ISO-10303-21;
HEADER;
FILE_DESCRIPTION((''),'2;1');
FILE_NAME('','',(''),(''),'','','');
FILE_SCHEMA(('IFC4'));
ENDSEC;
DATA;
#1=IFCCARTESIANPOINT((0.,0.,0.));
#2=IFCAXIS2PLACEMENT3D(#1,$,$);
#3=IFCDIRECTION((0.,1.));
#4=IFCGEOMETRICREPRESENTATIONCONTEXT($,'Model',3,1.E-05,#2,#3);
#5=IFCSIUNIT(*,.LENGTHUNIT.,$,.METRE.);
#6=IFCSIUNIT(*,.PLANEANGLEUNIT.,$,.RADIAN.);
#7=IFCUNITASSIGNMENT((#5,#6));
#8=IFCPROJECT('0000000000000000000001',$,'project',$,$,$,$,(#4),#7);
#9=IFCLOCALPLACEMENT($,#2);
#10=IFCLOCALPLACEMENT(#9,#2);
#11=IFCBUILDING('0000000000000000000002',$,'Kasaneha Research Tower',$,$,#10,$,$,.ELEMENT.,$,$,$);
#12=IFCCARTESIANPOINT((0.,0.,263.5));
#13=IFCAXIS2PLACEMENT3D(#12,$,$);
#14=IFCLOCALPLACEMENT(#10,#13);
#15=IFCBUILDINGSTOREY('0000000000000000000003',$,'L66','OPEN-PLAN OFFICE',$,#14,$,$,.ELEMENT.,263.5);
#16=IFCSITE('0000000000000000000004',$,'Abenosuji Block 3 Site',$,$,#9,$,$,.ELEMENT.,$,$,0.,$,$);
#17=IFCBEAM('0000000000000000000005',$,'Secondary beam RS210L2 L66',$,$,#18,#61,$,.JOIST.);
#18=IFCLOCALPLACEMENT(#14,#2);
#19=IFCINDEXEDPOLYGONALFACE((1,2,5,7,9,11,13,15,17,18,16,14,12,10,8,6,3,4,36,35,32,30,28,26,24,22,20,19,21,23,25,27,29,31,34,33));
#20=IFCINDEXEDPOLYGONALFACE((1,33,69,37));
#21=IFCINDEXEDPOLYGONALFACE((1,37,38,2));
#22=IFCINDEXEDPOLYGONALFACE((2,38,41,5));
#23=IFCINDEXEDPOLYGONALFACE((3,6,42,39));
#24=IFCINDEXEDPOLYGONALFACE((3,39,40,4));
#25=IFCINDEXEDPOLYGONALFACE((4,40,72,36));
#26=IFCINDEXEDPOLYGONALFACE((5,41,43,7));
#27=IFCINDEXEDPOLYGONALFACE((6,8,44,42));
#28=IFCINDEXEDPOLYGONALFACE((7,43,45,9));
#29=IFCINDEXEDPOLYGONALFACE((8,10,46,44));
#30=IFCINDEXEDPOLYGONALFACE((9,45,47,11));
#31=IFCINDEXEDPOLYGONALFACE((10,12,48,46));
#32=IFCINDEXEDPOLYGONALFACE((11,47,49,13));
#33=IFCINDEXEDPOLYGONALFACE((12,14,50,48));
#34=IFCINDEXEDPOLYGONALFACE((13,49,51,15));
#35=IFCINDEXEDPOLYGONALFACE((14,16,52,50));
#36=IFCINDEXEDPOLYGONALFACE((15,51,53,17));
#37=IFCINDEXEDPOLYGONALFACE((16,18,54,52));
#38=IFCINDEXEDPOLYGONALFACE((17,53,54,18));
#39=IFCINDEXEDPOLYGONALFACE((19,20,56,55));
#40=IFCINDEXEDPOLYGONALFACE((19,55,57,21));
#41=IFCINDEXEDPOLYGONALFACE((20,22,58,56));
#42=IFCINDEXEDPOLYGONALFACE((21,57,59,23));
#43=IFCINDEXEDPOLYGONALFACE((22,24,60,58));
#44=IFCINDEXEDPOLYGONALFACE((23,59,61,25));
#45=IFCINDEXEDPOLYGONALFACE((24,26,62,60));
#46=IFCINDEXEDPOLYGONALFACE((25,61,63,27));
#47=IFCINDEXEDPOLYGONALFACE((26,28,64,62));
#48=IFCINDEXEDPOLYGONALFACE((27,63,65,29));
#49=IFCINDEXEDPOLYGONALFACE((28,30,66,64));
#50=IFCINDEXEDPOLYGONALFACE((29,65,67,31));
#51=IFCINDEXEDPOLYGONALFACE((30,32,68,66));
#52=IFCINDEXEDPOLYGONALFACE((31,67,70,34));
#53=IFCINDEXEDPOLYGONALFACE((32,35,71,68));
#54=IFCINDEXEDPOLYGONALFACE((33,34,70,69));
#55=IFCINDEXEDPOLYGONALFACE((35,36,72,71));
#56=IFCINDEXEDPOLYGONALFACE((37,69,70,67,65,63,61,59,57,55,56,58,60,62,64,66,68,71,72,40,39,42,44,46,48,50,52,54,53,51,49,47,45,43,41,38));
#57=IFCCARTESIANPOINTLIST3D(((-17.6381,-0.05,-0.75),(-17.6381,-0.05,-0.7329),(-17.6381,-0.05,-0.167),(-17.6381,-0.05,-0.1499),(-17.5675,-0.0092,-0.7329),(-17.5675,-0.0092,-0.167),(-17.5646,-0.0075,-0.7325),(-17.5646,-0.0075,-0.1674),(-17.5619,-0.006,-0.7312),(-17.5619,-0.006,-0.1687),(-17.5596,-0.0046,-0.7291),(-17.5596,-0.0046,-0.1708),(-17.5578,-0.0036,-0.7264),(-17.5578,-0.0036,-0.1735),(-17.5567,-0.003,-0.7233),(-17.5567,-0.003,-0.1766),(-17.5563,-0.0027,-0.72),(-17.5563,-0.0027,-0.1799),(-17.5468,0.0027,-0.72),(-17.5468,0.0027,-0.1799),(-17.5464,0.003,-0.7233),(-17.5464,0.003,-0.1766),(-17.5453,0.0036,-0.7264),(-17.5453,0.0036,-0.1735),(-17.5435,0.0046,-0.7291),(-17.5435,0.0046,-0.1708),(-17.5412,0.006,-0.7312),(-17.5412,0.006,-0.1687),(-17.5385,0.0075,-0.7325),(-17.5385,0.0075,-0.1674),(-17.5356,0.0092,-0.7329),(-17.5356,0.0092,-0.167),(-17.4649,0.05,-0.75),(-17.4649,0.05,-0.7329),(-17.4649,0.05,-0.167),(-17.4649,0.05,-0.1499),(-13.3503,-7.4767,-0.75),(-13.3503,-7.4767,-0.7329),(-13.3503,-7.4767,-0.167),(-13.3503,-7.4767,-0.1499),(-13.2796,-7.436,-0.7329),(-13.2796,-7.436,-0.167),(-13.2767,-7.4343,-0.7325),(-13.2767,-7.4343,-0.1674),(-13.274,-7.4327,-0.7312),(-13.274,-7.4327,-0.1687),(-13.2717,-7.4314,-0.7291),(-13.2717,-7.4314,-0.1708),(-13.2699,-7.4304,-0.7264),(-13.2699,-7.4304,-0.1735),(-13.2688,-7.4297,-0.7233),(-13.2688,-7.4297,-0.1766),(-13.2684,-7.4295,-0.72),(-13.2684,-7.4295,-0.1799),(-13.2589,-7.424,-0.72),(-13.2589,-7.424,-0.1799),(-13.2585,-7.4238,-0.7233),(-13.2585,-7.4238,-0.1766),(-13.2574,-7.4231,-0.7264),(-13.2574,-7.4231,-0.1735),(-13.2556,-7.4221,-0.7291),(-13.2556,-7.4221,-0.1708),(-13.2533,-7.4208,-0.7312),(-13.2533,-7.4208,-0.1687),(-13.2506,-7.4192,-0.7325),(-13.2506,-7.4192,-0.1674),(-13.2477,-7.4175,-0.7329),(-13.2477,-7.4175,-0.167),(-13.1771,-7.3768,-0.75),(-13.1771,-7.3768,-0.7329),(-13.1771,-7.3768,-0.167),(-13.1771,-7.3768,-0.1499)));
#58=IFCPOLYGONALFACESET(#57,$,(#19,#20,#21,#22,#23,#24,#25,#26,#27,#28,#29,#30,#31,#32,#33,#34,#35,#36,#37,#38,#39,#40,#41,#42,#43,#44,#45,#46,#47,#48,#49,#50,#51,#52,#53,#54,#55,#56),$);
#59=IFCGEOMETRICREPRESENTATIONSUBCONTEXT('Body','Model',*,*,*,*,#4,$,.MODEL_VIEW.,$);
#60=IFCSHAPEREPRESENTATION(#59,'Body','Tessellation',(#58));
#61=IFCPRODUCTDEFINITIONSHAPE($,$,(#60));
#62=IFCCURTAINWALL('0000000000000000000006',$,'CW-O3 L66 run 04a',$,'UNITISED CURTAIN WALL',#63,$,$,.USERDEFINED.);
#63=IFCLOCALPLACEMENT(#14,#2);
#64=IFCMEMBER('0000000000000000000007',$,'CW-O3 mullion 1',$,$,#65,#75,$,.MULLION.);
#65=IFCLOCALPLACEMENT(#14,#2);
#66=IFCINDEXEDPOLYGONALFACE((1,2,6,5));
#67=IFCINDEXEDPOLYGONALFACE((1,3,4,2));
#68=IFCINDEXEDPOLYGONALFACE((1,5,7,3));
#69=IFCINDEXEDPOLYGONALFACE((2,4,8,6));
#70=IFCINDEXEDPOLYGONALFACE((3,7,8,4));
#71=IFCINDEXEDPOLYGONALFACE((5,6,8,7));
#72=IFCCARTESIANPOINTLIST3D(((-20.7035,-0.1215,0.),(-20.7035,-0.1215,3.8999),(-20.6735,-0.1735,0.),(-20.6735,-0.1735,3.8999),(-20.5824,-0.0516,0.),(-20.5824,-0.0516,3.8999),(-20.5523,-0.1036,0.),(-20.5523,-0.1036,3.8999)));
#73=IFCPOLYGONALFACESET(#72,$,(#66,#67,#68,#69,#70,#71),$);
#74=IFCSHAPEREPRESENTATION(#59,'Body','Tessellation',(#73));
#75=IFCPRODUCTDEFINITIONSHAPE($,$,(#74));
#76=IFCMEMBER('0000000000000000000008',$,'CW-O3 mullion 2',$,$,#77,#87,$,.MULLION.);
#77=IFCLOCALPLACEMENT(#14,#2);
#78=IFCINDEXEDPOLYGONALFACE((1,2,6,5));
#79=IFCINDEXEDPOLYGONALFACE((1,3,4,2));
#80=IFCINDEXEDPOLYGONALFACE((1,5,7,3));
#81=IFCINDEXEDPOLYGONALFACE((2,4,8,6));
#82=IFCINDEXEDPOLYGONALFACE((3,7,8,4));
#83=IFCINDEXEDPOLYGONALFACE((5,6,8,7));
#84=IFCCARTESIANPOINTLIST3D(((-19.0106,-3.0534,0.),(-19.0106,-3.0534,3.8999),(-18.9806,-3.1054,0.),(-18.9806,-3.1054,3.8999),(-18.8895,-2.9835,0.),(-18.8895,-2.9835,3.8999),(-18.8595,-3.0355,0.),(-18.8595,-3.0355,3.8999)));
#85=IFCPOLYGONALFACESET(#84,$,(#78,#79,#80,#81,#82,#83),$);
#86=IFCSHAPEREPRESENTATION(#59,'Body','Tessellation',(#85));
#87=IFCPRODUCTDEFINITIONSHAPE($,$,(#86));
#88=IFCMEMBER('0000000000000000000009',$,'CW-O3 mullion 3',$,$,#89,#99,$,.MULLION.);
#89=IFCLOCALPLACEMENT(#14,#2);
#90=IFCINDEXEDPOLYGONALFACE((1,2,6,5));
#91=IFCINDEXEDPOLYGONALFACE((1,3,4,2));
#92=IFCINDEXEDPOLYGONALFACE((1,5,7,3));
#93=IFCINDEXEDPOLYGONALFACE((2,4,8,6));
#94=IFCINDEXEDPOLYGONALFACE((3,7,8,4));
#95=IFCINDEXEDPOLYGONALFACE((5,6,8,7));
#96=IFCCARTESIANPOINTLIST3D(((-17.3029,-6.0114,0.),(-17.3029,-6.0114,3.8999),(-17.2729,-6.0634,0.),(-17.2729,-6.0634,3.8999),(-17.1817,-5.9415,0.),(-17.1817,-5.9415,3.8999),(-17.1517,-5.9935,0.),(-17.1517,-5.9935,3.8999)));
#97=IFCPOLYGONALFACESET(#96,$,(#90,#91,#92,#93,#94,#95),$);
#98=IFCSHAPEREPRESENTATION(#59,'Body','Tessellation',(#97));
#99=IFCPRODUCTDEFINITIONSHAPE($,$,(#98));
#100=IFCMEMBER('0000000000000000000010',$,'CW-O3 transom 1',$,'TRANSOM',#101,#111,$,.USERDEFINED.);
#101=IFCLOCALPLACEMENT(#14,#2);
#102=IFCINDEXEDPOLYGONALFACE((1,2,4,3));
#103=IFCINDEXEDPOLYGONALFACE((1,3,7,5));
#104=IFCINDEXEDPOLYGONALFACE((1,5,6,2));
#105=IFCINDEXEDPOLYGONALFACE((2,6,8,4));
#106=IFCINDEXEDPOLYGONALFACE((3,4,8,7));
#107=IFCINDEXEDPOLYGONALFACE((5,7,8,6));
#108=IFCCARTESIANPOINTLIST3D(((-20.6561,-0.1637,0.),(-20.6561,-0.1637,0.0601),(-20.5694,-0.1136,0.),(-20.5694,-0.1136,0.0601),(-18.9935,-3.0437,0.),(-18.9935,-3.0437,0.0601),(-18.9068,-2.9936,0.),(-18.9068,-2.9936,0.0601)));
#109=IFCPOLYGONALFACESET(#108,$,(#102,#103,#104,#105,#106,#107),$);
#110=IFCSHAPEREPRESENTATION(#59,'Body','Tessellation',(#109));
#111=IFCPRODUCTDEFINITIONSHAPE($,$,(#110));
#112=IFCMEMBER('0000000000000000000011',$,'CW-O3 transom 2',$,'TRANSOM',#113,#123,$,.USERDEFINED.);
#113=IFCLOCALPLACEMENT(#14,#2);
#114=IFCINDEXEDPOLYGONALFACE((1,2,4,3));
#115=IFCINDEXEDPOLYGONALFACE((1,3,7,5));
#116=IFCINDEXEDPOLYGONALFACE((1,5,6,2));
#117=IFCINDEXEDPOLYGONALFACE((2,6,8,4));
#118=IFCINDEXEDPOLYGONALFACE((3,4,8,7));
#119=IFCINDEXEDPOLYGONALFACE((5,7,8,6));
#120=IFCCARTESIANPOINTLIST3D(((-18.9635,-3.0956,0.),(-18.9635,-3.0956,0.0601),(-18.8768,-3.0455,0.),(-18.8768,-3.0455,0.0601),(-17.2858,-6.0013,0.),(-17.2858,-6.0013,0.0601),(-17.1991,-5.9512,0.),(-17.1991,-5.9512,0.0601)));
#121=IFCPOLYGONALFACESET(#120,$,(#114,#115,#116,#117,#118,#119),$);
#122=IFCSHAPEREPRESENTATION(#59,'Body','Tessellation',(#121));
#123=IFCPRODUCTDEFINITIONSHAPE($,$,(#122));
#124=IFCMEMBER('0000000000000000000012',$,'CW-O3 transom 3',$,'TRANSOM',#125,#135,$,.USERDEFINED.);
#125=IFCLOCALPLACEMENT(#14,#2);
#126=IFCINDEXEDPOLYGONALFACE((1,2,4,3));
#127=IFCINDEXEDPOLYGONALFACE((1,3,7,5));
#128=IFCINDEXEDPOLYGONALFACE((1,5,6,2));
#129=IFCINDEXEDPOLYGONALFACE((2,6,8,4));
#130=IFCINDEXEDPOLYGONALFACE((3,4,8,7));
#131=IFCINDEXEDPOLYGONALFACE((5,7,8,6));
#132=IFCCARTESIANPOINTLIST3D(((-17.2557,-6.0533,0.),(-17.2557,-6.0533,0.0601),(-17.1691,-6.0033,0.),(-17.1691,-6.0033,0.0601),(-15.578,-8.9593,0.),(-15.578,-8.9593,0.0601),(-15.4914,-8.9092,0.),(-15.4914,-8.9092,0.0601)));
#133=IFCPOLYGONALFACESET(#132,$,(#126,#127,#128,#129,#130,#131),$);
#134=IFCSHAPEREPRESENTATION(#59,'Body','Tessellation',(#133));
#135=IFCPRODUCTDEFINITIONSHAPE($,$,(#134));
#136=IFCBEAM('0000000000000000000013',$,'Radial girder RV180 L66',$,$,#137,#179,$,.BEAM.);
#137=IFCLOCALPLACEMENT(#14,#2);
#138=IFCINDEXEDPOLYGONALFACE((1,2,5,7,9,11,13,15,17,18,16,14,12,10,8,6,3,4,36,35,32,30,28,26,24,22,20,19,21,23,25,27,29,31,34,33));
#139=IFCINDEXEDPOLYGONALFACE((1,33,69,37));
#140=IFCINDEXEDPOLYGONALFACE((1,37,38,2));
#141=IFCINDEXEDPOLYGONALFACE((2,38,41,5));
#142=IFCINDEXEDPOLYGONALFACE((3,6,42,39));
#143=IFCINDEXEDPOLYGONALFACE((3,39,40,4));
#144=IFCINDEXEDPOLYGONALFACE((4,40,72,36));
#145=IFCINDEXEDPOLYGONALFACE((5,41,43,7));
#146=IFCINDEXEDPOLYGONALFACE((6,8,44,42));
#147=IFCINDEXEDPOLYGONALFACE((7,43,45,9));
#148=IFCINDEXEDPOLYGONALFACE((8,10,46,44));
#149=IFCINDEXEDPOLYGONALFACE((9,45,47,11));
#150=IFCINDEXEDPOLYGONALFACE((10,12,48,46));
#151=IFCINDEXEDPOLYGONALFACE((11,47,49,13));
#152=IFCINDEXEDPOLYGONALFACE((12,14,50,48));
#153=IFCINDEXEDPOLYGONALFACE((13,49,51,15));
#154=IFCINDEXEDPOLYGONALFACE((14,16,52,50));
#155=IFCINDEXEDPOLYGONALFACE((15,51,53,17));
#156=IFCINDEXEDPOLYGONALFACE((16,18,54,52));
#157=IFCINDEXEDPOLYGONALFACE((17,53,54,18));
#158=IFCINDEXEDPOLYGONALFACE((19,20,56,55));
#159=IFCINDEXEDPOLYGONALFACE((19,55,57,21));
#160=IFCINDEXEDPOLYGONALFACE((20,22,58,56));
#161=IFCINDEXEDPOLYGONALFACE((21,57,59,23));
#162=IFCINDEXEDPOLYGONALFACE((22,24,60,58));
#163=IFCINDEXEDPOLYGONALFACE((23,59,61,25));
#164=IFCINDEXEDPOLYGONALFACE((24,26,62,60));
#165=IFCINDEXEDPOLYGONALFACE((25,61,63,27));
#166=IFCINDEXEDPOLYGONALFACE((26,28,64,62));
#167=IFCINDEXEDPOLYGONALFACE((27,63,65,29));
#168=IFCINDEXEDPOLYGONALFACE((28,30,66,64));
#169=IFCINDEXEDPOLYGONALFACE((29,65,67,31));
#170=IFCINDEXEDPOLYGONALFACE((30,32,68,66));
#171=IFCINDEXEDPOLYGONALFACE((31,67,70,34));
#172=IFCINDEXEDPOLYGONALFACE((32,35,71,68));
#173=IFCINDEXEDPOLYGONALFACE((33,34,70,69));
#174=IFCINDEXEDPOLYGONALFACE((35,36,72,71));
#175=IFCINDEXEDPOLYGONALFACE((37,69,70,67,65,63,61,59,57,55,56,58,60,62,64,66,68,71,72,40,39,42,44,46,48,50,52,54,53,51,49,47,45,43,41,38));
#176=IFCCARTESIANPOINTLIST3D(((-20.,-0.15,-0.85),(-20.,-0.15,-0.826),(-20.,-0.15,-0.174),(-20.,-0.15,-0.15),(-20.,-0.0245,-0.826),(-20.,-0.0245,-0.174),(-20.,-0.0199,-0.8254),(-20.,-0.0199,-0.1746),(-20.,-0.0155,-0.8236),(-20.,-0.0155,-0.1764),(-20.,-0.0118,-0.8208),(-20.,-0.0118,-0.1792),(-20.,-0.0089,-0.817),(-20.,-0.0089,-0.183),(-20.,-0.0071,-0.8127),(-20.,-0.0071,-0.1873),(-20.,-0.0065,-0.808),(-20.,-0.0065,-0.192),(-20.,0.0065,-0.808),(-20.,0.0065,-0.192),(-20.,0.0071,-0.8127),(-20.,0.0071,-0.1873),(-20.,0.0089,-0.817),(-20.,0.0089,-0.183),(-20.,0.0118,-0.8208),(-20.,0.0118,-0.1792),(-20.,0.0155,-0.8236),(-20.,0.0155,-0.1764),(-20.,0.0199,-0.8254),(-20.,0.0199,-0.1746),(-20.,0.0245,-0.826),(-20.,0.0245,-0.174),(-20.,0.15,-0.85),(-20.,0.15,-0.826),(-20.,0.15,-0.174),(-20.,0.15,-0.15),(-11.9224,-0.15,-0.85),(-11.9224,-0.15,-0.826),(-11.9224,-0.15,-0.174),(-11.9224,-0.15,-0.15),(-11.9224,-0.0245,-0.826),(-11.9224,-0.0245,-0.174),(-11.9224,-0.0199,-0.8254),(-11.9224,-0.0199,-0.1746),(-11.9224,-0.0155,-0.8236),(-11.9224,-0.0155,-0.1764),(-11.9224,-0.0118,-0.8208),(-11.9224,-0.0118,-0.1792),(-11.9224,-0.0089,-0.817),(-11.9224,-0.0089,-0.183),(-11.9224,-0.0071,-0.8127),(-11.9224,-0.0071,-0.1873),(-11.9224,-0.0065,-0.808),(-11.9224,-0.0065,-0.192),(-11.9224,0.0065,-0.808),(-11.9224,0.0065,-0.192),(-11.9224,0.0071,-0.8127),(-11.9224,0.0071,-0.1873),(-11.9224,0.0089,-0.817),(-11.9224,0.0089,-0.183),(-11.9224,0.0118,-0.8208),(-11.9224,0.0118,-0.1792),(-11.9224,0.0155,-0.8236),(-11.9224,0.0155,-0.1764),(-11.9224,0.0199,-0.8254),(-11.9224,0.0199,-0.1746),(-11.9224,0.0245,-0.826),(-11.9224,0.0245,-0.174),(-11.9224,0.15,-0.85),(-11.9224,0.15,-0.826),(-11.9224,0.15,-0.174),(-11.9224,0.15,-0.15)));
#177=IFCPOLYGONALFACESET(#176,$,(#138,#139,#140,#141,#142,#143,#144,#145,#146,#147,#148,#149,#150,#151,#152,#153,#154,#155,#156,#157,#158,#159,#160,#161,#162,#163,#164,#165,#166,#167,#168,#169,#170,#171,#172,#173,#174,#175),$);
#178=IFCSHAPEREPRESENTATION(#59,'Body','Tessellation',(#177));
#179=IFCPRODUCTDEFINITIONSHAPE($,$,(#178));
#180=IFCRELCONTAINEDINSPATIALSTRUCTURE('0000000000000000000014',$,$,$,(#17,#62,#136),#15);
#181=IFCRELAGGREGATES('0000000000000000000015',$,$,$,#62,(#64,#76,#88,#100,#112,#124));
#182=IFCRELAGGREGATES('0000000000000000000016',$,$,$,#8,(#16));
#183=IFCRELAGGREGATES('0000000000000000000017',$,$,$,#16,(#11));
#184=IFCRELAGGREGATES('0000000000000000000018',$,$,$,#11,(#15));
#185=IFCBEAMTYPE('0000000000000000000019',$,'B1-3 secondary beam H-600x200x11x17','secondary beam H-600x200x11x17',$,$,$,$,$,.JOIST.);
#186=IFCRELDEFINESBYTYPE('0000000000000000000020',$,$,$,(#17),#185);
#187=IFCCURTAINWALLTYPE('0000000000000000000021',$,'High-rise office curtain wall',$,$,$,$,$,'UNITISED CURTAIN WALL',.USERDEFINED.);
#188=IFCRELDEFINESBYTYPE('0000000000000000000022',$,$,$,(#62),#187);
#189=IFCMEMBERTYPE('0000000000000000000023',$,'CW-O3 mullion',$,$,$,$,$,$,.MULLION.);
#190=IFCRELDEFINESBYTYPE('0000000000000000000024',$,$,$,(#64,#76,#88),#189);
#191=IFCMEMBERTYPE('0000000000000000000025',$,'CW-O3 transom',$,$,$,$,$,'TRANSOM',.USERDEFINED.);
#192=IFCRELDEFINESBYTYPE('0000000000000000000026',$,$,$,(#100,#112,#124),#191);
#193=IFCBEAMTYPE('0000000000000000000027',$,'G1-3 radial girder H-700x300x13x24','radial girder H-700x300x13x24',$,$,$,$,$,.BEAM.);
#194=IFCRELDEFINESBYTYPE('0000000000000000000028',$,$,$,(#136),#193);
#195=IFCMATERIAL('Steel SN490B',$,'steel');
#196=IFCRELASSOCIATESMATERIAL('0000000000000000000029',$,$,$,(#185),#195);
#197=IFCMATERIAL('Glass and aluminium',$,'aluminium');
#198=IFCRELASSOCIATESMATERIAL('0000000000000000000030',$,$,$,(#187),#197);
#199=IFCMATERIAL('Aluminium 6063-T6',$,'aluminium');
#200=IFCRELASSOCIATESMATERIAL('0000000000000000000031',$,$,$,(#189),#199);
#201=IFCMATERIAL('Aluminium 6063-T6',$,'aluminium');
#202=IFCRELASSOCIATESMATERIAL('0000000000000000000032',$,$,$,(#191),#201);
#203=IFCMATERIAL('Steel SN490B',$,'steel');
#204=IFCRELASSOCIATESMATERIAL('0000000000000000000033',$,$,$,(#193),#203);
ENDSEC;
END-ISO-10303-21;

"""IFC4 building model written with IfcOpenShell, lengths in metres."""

from ifc_helpers import new_model, si_unit, direction, frame, origin, origin_2d, place, context, subcontext, project, spatial, rectangle, i_section, extrude, material, material_profile, profile_set, type_object, element, aggregate, save


model = new_model("IFC4")

# Units and contexts
model_context = context("Model", 3, precision=1e-05, world=origin(), true_north=direction((0.0, 1.0)))
body_context = subcontext(model_context, "Body", "Model", "MODEL_VIEW")
ifc_project = project(units=[si_unit("LENGTHUNIT", "METRE"), si_unit("PLANEANGLEUNIT", "RADIAN")], contexts=[model_context])

# Site, building, storey
site_placement = place(None, origin())
site = spatial("IfcSite", under=ifc_project, at=site_placement, Name="Abenosuji Block 3 Site", CompositionType="ELEMENT", RefElevation=0.0)
building_placement = place(site_placement, origin())
building = spatial("IfcBuilding", under=site, at=building_placement, Name="Kasaneha Research Tower", CompositionType="ELEMENT")
storey_placement = place(building_placement, frame((0.0, 0.0, 263.5)))
storey = spatial("IfcBuildingStorey", under=building, at=storey_placement, Name="L66", Description="OPEN-PLAN OFFICE", CompositionType="ELEMENT", Elevation=263.5)

# Beam
ifc_material_1 = material(Name="Steel SN490B", Category="steel")
ifc_material_profile_1 = material_profile(ifc_material_1, i_section(OverallWidth=0.2, OverallDepth=0.6001, WebThickness=0.011, FlangeThickness=0.0171, FilletRadius=0.0129, at=origin_2d()), Name="H-600x200x11x17")
ifc_profile_set_1 = profile_set([ifc_material_profile_1], Name="Steel SN490B")
beam_type_1 = type_object("IfcBeamType", Name="B1-3 secondary beam H-600x200x11x17", Description="secondary beam H-600x200x11x17", PredefinedType="JOIST", material=ifc_profile_set_1)
beam_1_placement = place(storey_placement, frame((-17.5515, 0.0, -0.45), z_axis=(0.5, -0.866025, 0.0), x_axis=(0.866025, 0.5, 0.0)))
element("IfcBeam", 1, at=beam_1_placement, inside=storey, type_object=beam_type_1, Name="Secondary beam RS210L2 L66", PredefinedType="JOIST", context=body_context, shape_type="SweptSolid", body=[
    extrude(i_section(OverallWidth=0.2, OverallDepth=0.6001, WebThickness=0.011, FlangeThickness=0.0171, FilletRadius=0.0129, at=origin_2d()), origin(), (0.0, 0.0, 1.0), 8.5757),
])

# Curtain wall, members
ifc_material_2 = material(Name="Glass and aluminium", Category="aluminium")
curtain_wall_type = type_object("IfcCurtainWallType", Name="High-rise office curtain wall", ElementType="UNITISED CURTAIN WALL", PredefinedType="USERDEFINED", material=ifc_material_2)
curtain_wall_placement = place(storey_placement, origin())
curtain_wall = element("IfcCurtainWall", 2, at=curtain_wall_placement, inside=storey, type_object=curtain_wall_type, Name="CW-O3 L66 run 04a", ObjectType="UNITISED CURTAIN WALL", PredefinedType="USERDEFINED")
ifc_material_3 = material(Name="Aluminium 6063-T6", Category="aluminium")
ifc_material_profile_2 = material_profile(ifc_material_3, rectangle(XDim=0.0601, YDim=0.1399, at=origin_2d()), Name="CW-O3 mullion 60x140")
ifc_profile_set_2 = profile_set([ifc_material_profile_2], Name="Aluminium 6063-T6")
member_type_1 = type_object("IfcMemberType", Name="CW-O3 mullion", PredefinedType="MULLION", material=ifc_profile_set_2)
member_1_placement = place(storey_placement, frame((-20.6279, -0.1125, 0.0), z_axis=(0.0, 0.0, 1.0), x_axis=(0.5, -0.866025, 0.0)))
member_1 = element("IfcMember", 3, at=member_1_placement, type_object=member_type_1, Name="CW-O3 mullion 1", PredefinedType="MULLION", context=body_context, shape_type="SweptSolid", body=[
    extrude(rectangle(XDim=0.0601, YDim=0.1399, at=origin_2d()), origin(), (0.0, 0.0, 1.0), 3.8999),
])
member_2_placement = place(storey_placement, frame((-18.9351, -3.0444, 0.0), z_axis=(0.0, 0.0, 1.0), x_axis=(0.5, -0.866025, 0.0)))
member_2 = element("IfcMember", 4, at=member_2_placement, type_object=member_type_1, Name="CW-O3 mullion 2", PredefinedType="MULLION", context=body_context, shape_type="SweptSolid", body=[
    extrude(rectangle(XDim=0.0601, YDim=0.1399, at=origin_2d()), origin(), (0.0, 0.0, 1.0), 3.8999),
])
member_3_placement = place(storey_placement, frame((-17.2273, -6.0024, 0.0), z_axis=(0.0, 0.0, 1.0), x_axis=(0.5, -0.866025, 0.0)))
member_3 = element("IfcMember", 5, at=member_3_placement, type_object=member_type_1, Name="CW-O3 mullion 3", PredefinedType="MULLION", context=body_context, shape_type="SweptSolid", body=[
    extrude(rectangle(XDim=0.0601, YDim=0.1399, at=origin_2d()), origin(), (0.0, 0.0, 1.0), 3.8999),
])
ifc_material_4 = material(Name="Aluminium 6063-T6", Category="aluminium")
ifc_material_profile_3 = material_profile(ifc_material_4, rectangle(XDim=0.1001, YDim=0.0601, at=origin_2d()), Name="CW-O3 transom 100x60")
ifc_profile_set_3 = profile_set([ifc_material_profile_3], Name="Aluminium 6063-T6")
member_type_2 = type_object("IfcMemberType", Name="CW-O3 transom", ElementType="TRANSOM", PredefinedType="USERDEFINED", material=ifc_profile_set_3)
member_4_placement = place(storey_placement, frame((-20.6128, -0.1387, 0.03), z_axis=(0.499977, -0.866039, 0.0), x_axis=(0.866039, 0.499977, 0.0)))
member_4 = element("IfcMember", 6, at=member_4_placement, type_object=member_type_2, Name="CW-O3 transom 1", ObjectType="TRANSOM", PredefinedType="USERDEFINED", context=body_context, shape_type="SweptSolid", body=[
    extrude(rectangle(XDim=0.1001, YDim=0.0601, at=origin_2d()), origin(), (0.0, 0.0, 1.0), 3.3254),
])
member_5_placement = place(storey_placement, frame((-18.9202, -3.0706, 0.03), z_axis=(0.500021, -0.866014, 0.0), x_axis=(0.866014, 0.500021, 0.0)))
member_5 = element("IfcMember", 7, at=member_5_placement, type_object=member_type_2, Name="CW-O3 transom 2", ObjectType="TRANSOM", PredefinedType="USERDEFINED", context=body_context, shape_type="SweptSolid", body=[
    extrude(rectangle(XDim=0.1001, YDim=0.0601, at=origin_2d()), origin(), (0.0, 0.0, 1.0), 3.3552),
])
member_6_placement = place(storey_placement, frame((-17.2124, -6.0283, 0.03), z_axis=(0.499989, -0.866032, 0.0), x_axis=(0.866032, 0.499989, 0.0)))
member_6 = element("IfcMember", 8, at=member_6_placement, type_object=member_type_2, Name="CW-O3 transom 3", ObjectType="TRANSOM", PredefinedType="USERDEFINED", context=body_context, shape_type="SweptSolid", body=[
    extrude(rectangle(XDim=0.1001, YDim=0.0601, at=origin_2d()), origin(), (0.0, 0.0, 1.0), 3.3555),
])

# Beam
ifc_material_5 = material(Name="Steel SN490B", Category="steel")
ifc_material_profile_4 = material_profile(ifc_material_5, i_section(OverallWidth=0.3, OverallDepth=0.7, WebThickness=0.0129, FlangeThickness=0.0239, FilletRadius=0.0181, at=origin_2d()), Name="H-700x300x13x24")
ifc_profile_set_4 = profile_set([ifc_material_profile_4], Name="Steel SN490B")
beam_type_2 = type_object("IfcBeamType", Name="G1-3 radial girder H-700x300x13x24", Description="radial girder H-700x300x13x24", PredefinedType="BEAM", material=ifc_profile_set_4)
beam_2_placement = place(storey_placement, frame((-11.9224, 0.0, -0.5), z_axis=(-1.0, 0.0, 0.0), x_axis=(0.0, -1.0, 0.0)))
element("IfcBeam", 9, at=beam_2_placement, inside=storey, type_object=beam_type_2, Name="Radial girder RV180 L66", PredefinedType="BEAM", context=body_context, shape_type="SweptSolid", body=[
    extrude(i_section(OverallWidth=0.3, OverallDepth=0.7, WebThickness=0.0129, FlangeThickness=0.0239, FilletRadius=0.0181, at=origin_2d()), origin(), (0.0, 0.0, 1.0), 8.0776),
])

aggregate(curtain_wall, [member_1, member_2, member_3, member_4, member_5, member_6])

save(model, "model.ifc")
